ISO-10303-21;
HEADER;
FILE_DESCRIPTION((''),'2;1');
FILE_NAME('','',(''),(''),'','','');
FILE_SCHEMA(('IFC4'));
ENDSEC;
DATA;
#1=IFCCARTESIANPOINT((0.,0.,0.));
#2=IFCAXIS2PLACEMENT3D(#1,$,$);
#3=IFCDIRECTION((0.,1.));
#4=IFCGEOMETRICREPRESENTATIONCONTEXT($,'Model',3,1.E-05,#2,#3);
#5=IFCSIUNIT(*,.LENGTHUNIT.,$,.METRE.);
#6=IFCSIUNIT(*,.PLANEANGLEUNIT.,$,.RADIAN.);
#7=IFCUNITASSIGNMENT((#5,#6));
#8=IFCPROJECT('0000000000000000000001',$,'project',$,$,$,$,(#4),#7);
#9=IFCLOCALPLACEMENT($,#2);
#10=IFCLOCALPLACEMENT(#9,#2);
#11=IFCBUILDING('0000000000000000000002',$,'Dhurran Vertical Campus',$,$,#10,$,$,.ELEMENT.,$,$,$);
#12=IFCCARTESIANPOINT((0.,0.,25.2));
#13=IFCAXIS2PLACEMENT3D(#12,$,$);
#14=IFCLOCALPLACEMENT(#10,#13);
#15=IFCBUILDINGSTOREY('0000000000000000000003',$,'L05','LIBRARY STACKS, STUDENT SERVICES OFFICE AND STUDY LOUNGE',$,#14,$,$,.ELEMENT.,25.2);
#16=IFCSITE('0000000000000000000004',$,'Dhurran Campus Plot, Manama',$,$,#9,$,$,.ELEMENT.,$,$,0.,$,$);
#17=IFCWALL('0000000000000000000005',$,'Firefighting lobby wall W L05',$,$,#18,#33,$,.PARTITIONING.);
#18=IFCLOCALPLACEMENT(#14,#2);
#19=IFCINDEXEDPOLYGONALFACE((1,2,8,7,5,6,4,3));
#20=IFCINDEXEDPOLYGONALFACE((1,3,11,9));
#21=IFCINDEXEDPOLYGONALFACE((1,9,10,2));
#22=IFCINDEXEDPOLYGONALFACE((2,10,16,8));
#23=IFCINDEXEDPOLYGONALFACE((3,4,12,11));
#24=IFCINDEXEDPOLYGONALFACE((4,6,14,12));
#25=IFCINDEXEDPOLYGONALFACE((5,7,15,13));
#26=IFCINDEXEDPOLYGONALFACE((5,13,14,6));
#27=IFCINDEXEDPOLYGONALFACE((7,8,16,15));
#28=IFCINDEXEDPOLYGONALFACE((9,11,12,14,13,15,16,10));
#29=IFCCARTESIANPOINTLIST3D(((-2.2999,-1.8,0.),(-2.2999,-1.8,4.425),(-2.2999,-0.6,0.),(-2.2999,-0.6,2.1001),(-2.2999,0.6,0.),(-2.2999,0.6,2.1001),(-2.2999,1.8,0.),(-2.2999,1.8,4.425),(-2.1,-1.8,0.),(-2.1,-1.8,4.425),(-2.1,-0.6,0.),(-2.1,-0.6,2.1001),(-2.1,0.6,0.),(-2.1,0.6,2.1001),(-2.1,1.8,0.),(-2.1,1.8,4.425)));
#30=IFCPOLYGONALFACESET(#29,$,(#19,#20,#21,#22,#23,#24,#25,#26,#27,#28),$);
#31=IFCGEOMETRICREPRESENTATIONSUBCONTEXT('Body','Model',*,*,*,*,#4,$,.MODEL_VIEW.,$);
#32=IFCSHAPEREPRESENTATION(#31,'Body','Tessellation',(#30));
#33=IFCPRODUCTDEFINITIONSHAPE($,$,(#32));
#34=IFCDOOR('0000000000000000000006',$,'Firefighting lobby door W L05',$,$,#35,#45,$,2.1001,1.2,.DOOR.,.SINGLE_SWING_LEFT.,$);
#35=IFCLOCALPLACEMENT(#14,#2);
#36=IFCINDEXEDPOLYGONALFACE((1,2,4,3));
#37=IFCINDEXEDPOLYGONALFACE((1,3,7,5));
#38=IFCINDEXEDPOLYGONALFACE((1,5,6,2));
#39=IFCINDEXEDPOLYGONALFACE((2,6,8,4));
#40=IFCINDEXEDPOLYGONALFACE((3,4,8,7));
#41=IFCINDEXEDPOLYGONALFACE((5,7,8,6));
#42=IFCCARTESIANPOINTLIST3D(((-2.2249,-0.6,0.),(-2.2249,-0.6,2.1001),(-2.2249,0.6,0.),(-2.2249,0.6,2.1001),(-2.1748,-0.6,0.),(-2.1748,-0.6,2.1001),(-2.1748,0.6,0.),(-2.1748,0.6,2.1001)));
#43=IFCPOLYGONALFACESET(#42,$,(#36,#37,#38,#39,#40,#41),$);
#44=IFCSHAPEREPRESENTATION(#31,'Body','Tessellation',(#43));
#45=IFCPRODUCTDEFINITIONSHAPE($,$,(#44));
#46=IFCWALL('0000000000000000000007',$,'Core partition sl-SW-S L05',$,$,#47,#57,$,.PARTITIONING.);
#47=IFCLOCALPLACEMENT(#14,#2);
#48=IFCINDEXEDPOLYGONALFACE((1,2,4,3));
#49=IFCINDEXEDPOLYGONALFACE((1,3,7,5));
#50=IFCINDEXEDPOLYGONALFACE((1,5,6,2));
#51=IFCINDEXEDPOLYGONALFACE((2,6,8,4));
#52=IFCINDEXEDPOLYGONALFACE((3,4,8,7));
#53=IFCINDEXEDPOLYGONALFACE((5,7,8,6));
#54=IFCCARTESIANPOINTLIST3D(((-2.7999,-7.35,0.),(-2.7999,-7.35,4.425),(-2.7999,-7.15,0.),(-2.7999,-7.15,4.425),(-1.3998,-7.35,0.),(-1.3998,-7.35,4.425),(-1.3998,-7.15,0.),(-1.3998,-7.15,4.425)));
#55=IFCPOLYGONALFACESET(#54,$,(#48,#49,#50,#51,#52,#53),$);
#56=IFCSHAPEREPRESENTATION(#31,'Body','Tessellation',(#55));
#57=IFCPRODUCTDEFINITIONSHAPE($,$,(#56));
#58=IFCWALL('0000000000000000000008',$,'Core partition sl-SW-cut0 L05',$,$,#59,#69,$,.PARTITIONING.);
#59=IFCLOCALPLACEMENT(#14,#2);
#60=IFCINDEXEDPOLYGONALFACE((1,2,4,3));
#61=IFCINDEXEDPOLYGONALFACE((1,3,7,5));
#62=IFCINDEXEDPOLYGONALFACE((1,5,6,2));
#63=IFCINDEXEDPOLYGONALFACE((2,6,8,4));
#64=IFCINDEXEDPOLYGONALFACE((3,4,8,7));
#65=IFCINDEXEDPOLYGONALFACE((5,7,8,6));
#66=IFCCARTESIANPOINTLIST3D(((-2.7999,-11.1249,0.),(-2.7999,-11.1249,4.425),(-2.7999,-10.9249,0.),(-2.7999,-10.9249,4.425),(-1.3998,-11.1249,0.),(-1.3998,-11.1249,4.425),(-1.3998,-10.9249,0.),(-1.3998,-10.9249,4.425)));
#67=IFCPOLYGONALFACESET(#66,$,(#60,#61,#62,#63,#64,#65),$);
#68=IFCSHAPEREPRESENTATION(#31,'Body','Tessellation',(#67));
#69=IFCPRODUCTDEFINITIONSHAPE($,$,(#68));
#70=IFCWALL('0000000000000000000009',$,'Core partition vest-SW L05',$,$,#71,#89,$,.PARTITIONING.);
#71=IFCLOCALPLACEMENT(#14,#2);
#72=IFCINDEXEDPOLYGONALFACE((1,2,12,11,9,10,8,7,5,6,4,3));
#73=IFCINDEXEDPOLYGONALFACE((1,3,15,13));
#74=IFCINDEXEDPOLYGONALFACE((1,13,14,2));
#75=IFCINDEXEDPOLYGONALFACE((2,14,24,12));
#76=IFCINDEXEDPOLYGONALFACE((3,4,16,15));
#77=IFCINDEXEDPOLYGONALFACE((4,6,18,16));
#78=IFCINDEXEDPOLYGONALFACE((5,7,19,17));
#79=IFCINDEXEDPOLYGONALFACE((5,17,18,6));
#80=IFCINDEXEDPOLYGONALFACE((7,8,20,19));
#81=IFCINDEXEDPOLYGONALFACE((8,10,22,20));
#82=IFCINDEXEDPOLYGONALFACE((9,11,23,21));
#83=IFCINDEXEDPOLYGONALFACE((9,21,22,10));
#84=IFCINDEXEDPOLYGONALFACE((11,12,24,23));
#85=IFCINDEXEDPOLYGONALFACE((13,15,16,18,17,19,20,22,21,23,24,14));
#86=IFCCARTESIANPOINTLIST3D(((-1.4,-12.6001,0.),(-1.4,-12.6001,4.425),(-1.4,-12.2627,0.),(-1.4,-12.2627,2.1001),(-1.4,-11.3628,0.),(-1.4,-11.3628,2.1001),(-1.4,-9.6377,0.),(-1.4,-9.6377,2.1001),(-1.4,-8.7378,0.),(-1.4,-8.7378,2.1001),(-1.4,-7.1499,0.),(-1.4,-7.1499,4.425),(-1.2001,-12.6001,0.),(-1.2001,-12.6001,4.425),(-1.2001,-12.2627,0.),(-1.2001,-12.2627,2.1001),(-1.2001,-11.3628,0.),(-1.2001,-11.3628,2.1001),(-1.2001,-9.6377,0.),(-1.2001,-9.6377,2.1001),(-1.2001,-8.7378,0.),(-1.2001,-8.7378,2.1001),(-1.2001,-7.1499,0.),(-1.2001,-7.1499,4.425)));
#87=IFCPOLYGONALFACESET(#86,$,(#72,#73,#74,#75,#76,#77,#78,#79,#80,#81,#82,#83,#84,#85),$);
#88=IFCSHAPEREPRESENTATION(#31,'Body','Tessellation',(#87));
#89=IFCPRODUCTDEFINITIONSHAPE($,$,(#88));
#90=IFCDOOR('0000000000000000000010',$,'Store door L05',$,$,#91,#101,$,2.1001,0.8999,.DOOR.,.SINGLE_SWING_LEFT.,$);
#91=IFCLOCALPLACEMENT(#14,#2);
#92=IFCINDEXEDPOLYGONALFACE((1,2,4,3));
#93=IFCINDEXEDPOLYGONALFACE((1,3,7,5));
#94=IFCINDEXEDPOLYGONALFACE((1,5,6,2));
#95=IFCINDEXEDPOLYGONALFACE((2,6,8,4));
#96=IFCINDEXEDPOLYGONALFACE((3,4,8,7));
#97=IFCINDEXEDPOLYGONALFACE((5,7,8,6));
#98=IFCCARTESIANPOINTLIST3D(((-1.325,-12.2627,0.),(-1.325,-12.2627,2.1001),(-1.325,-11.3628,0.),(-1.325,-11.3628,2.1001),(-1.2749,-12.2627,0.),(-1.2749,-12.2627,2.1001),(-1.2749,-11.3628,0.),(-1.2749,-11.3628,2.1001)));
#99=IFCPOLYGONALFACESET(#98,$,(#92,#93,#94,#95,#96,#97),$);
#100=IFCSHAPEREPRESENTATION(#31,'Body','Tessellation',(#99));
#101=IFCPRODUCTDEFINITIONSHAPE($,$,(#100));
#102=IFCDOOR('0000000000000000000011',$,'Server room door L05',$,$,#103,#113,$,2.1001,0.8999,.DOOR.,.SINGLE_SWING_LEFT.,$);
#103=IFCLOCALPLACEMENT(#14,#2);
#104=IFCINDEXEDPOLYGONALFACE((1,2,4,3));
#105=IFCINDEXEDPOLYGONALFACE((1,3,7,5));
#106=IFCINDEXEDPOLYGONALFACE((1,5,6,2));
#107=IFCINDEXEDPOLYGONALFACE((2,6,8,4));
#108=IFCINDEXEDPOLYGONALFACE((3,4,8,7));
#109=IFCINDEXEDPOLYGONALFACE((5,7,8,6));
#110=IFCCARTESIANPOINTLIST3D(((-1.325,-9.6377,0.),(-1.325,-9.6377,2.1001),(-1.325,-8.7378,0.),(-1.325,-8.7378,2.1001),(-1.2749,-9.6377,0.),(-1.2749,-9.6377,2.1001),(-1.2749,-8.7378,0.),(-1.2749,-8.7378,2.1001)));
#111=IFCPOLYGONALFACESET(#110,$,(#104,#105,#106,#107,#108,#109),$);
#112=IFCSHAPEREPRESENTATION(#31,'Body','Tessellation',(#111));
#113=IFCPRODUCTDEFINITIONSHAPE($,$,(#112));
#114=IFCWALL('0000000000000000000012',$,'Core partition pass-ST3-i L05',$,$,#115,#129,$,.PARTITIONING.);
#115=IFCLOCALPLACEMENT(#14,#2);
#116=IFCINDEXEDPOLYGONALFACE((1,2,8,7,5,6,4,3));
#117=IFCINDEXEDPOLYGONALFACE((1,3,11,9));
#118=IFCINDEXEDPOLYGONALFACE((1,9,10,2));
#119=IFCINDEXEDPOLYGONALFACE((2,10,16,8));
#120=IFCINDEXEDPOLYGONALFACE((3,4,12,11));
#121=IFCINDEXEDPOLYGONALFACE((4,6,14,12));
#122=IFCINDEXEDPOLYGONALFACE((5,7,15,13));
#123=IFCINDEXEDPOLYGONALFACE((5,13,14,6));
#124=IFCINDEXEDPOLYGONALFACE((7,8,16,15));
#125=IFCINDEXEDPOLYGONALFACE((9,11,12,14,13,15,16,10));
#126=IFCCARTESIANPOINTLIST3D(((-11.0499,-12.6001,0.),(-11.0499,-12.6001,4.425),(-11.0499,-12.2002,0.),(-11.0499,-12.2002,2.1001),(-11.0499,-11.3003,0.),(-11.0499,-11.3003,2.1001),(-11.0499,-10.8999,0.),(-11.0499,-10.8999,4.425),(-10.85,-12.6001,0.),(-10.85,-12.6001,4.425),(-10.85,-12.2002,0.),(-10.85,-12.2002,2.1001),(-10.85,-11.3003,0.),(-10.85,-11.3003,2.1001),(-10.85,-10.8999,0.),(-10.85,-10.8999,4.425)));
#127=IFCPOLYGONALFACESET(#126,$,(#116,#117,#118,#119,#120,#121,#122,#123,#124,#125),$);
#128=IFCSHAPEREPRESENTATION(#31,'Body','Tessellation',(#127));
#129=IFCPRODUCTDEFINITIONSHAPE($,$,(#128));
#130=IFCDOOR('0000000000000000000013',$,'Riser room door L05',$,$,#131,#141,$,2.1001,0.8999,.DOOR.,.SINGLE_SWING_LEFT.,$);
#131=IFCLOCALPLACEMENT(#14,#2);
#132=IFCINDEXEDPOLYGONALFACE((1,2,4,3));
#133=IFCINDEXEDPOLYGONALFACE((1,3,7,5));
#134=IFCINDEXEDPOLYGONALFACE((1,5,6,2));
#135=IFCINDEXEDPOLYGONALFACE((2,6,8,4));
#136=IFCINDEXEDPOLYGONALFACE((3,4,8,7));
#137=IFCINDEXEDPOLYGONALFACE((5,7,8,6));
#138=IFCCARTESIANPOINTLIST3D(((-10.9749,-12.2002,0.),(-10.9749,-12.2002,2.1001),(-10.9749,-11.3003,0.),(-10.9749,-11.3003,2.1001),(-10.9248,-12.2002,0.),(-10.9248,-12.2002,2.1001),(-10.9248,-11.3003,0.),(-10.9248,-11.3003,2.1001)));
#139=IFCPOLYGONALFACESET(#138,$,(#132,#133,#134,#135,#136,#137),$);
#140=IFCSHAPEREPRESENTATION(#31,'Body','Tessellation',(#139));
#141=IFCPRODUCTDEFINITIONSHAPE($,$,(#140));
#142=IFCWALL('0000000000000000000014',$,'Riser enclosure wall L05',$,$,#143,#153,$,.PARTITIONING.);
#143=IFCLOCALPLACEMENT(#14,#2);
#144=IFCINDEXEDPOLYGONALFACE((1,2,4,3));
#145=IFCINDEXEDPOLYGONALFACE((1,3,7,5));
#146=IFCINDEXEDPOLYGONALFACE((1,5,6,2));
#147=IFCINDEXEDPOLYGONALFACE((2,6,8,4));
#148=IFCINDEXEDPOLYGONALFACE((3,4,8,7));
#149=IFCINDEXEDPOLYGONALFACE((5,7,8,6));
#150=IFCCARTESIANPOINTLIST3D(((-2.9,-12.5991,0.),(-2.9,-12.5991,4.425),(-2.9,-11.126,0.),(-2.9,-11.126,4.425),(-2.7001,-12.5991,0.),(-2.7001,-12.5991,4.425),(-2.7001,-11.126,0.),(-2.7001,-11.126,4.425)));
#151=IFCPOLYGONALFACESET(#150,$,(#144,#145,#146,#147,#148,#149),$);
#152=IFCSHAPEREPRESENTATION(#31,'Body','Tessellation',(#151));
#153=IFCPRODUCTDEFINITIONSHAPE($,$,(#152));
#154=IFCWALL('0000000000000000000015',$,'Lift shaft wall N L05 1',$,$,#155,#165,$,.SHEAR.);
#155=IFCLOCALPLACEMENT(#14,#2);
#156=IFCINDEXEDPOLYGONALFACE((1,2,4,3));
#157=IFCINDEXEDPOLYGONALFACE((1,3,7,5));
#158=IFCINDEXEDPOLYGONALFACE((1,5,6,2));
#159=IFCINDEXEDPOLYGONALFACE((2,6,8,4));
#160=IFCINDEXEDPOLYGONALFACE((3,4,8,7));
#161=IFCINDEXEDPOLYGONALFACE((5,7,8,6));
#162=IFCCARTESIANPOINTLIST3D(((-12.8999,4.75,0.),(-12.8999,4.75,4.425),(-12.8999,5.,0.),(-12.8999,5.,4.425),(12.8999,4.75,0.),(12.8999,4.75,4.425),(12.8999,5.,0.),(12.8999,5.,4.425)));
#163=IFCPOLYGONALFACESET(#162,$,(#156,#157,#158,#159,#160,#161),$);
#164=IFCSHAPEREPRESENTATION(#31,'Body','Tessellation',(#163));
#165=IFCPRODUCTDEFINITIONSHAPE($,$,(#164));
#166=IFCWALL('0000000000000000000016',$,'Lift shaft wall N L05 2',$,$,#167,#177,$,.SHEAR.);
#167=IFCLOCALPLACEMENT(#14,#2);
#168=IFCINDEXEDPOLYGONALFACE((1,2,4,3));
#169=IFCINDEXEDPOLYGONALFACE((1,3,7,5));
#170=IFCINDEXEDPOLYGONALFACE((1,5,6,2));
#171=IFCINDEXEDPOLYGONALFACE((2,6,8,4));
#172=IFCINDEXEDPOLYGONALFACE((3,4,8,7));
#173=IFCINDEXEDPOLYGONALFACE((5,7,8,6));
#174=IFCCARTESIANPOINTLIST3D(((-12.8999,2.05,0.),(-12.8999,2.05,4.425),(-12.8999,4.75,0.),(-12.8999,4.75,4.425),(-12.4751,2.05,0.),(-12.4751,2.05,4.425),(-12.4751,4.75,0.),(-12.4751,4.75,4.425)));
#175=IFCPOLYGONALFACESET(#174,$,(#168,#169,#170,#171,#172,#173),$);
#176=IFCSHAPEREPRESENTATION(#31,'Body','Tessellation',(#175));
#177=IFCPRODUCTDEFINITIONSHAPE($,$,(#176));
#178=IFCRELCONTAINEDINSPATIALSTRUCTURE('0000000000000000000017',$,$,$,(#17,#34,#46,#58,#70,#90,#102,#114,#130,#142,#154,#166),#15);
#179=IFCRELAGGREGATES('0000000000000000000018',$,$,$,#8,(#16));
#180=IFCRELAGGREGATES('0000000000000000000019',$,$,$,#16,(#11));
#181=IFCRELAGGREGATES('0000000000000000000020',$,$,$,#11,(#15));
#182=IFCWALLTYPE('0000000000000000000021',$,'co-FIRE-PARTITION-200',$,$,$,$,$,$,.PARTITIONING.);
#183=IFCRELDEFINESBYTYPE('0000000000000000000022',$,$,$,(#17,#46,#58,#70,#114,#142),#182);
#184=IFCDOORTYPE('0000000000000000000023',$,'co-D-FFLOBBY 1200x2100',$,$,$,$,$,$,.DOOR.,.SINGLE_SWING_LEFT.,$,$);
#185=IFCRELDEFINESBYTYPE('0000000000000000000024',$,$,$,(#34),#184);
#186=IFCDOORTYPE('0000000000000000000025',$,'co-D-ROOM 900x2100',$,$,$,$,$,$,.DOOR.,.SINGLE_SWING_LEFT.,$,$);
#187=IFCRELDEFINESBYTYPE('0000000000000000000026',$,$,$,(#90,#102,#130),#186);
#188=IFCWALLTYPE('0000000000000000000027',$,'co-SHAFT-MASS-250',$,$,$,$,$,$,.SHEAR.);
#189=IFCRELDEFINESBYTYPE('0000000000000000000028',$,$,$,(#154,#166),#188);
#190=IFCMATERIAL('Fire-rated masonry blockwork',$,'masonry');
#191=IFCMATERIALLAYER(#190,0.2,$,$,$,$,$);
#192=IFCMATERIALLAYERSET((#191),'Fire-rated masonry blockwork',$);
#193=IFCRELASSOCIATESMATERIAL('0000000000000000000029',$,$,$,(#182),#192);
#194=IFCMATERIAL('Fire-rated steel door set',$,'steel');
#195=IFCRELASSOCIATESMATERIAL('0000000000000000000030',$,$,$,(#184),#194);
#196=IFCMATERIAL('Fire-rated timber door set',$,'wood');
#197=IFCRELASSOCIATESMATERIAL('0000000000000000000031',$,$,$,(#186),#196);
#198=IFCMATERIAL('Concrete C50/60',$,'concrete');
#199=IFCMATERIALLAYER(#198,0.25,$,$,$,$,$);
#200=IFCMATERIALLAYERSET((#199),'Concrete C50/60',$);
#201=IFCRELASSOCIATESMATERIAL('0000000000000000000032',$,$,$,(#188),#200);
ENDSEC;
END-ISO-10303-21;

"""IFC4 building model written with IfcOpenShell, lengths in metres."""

from ifc_helpers import new_model, si_unit, direction, frame, frame_2d, origin, place, context, subcontext, project, spatial, polyline, rectangle, outline, extrude, material, layer, layer_set, type_object, element, fill, save


model = new_model("IFC4")

# Units and contexts
model_context = context("Model", 3, precision=1e-05, world=origin(), true_north=direction((0.0, 1.0)))
body_context = subcontext(model_context, "Body", "Model", "MODEL_VIEW")
ifc_project = project(units=[si_unit("LENGTHUNIT", "METRE"), si_unit("PLANEANGLEUNIT", "RADIAN")], contexts=[model_context])

# Site, building, storey
site_placement = place(None, origin())
site = spatial("IfcSite", under=ifc_project, at=site_placement, Name="Dhurran Campus Plot, Manama", CompositionType="ELEMENT", RefElevation=0.0)
building_placement = place(site_placement, origin())
building = spatial("IfcBuilding", under=site, at=building_placement, Name="Dhurran Vertical Campus", CompositionType="ELEMENT")
storey_placement = place(building_placement, frame((0.0, 0.0, 25.2)))
storey = spatial("IfcBuildingStorey", under=building, at=storey_placement, Name="L05", Description="LIBRARY STACKS, STUDENT SERVICES OFFICE AND STUDY LOUNGE", CompositionType="ELEMENT", Elevation=25.2)

# Wall, opening, door
ifc_material_1 = material(Name="Fire-rated masonry blockwork", Category="masonry")
ifc_layer_1 = layer(ifc_material_1, 0.2)
ifc_layer_set_1 = layer_set([ifc_layer_1], Name="Fire-rated masonry blockwork")
wall_type_1 = type_object("IfcWallType", Name="co-FIRE-PARTITION-200", PredefinedType="PARTITIONING", material=ifc_layer_set_1)
wall_1_placement = place(storey_placement, frame((-2.2, -1.8, 0.0), z_axis=(0.0, 0.0, 1.0), x_axis=(0.0, 1.0, 0.0)))
wall_1 = element("IfcWall", 1, at=wall_1_placement, inside=storey, type_object=wall_type_1, Name="Firefighting lobby wall W L05", PredefinedType="PARTITIONING", context=body_context, shape_type="SweptSolid", body=[
    extrude(rectangle(XDim=3.6001, YDim=0.2, at=frame_2d((1.8, 0.0))), origin(), (0.0, 0.0, 1.0), 4.425),
])
opening_1_placement = place(wall_1_placement, frame((1.2, 0.0, 0.0)))
opening_1 = element("IfcOpeningElement", 2, at=opening_1_placement, cuts=wall_1, PredefinedType="OPENING", context=body_context, shape_type="SweptSolid", body=[
    extrude(rectangle(XDim=1.2, YDim=2.1001, at=frame_2d((0.6001, 1.05))), frame((0.0, 0.1099, 0.0), z_axis=(0.0, -1.0, 0.0), x_axis=(1.0, 0.0, 0.0)), (0.0, 0.0, 1.0), 0.22),
])
ifc_material_2 = material(Name="Fire-rated steel door set", Category="steel")
door_type_1 = type_object("IfcDoorType", Name="co-D-FFLOBBY 1200x2100", OperationType="SINGLE_SWING_LEFT", PredefinedType="DOOR", material=ifc_material_2)
door_1_placement = place(opening_1_placement, origin())
door_1 = element("IfcDoor", 3, at=door_1_placement, inside=storey, type_object=door_type_1, Name="Firefighting lobby door W L05", OperationType="SINGLE_SWING_LEFT", OverallHeight=2.1001, OverallWidth=1.2, PredefinedType="DOOR", context=body_context, shape_type="SweptSolid", body=[
    extrude(rectangle(XDim=1.2, YDim=2.1001, at=frame_2d((0.6001, 1.05))), frame((0.0, 0.0249, 0.0), z_axis=(0.0, -1.0, 0.0), x_axis=(1.0, 0.0, 0.0)), (0.0, 0.0, 1.0), 0.05),
])
fill(opening_1, door_1)

# Walls
for number, where, z_axis, x_axis, name in (
    (4, (-2.8, -7.25, 0.0), (0.0, 0.0, 1.0), (1.0, 0.0, 0.0), "Core partition sl-SW-S L05"),
    (5, (-2.8, -11.0249, 0.0), (0.0, 0.0, 1.0), (1.0, 0.0, 0.0), "Core partition sl-SW-cut0 L05"),
):
    element("IfcWall", number, at=place(storey_placement, frame(where, z_axis=z_axis, x_axis=x_axis)), inside=storey, type_object=wall_type_1, Name=name, PredefinedType="PARTITIONING", context=body_context, shape_type="SweptSolid", body=[
        extrude(rectangle(XDim=1.4001, YDim=0.2, at=frame_2d((0.7002, 0.0))), origin(), (0.0, 0.0, 1.0), 4.425),
    ])

# Wall, openings, doors
wall_2_placement = place(storey_placement, frame((-1.3, -12.6001, 0.0), z_axis=(0.0, 0.0, 1.0), x_axis=(0.0, 1.0, 0.0)))
wall_2 = element("IfcWall", 6, at=wall_2_placement, inside=storey, type_object=wall_type_1, Name="Core partition vest-SW L05", PredefinedType="PARTITIONING", context=body_context, shape_type="SweptSolid", body=[
    extrude(rectangle(XDim=5.4502, YDim=0.2, at=frame_2d((2.7251, 0.0))), origin(), (0.0, 0.0, 1.0), 4.425),
])
opening_2_placement = place(wall_2_placement, frame((0.3374, 0.0, 0.0)))
opening_2 = element("IfcOpeningElement", 7, at=opening_2_placement, cuts=wall_2, PredefinedType="OPENING", context=body_context, shape_type="SweptSolid", body=[
    extrude(rectangle(XDim=0.8999, YDim=2.1001, at=frame_2d((0.45, 1.05))), frame((0.0, 0.1099, 0.0), z_axis=(0.0, -1.0, 0.0), x_axis=(1.0, 0.0, 0.0)), (0.0, 0.0, 1.0), 0.22),
])
opening_3_placement = place(wall_2_placement, frame((2.9624, 0.0, 0.0)))
opening_3 = element("IfcOpeningElement", 8, at=opening_3_placement, cuts=wall_2, PredefinedType="OPENING", context=body_context, shape_type="SweptSolid", body=[
    extrude(rectangle(XDim=0.8999, YDim=2.1001, at=frame_2d((0.45, 1.05))), frame((0.0, 0.1099, 0.0), z_axis=(0.0, -1.0, 0.0), x_axis=(1.0, 0.0, 0.0)), (0.0, 0.0, 1.0), 0.22),
])
ifc_material_3 = material(Name="Fire-rated timber door set", Category="wood")
door_type_2 = type_object("IfcDoorType", Name="co-D-ROOM 900x2100", OperationType="SINGLE_SWING_LEFT", PredefinedType="DOOR", material=ifc_material_3)
door_2_placement = place(opening_2_placement, origin())
door_2 = element("IfcDoor", 9, at=door_2_placement, inside=storey, type_object=door_type_2, Name="Store door L05", OperationType="SINGLE_SWING_LEFT", OverallHeight=2.1001, OverallWidth=0.8999, PredefinedType="DOOR", context=body_context, shape_type="SweptSolid", body=[
    extrude(rectangle(XDim=0.8999, YDim=2.1001, at=frame_2d((0.45, 1.05))), frame((0.0, 0.0249, 0.0), z_axis=(0.0, -1.0, 0.0), x_axis=(1.0, 0.0, 0.0)), (0.0, 0.0, 1.0), 0.05),
])
fill(opening_2, door_2)
door_3_placement = place(opening_3_placement, origin())
door_3 = element("IfcDoor", 10, at=door_3_placement, inside=storey, type_object=door_type_2, Name="Server room door L05", OperationType="SINGLE_SWING_LEFT", OverallHeight=2.1001, OverallWidth=0.8999, PredefinedType="DOOR", context=body_context, shape_type="SweptSolid", body=[
    extrude(rectangle(XDim=0.8999, YDim=2.1001, at=frame_2d((0.45, 1.05))), frame((0.0, 0.0249, 0.0), z_axis=(0.0, -1.0, 0.0), x_axis=(1.0, 0.0, 0.0)), (0.0, 0.0, 1.0), 0.05),
])
fill(opening_3, door_3)

# Wall, opening, door
wall_3_placement = place(storey_placement, frame((-10.95, -12.6001, 0.0), z_axis=(0.0, 0.0, 1.0), x_axis=(0.0, 1.0, 0.0)))
wall_3 = element("IfcWall", 11, at=wall_3_placement, inside=storey, type_object=wall_type_1, Name="Core partition pass-ST3-i L05", PredefinedType="PARTITIONING", context=body_context, shape_type="SweptSolid", body=[
    extrude(rectangle(XDim=1.7002, YDim=0.2, at=frame_2d((0.8501, 0.0))), origin(), (0.0, 0.0, 1.0), 4.425),
])
opening_4_placement = place(wall_3_placement, frame((0.3999, 0.0, 0.0)))
opening_4 = element("IfcOpeningElement", 12, at=opening_4_placement, cuts=wall_3, PredefinedType="OPENING", context=body_context, shape_type="SweptSolid", body=[
    extrude(rectangle(XDim=0.8999, YDim=2.1001, at=frame_2d((0.45, 1.05))), frame((0.0, 0.1099, 0.0), z_axis=(0.0, -1.0, 0.0), x_axis=(1.0, 0.0, 0.0)), (0.0, 0.0, 1.0), 0.22),
])
door_4_placement = place(opening_4_placement, origin())
door_4 = element("IfcDoor", 13, at=door_4_placement, inside=storey, type_object=door_type_2, Name="Riser room door L05", OperationType="SINGLE_SWING_LEFT", OverallHeight=2.1001, OverallWidth=0.8999, PredefinedType="DOOR", context=body_context, shape_type="SweptSolid", body=[
    extrude(rectangle(XDim=0.8999, YDim=2.1001, at=frame_2d((0.45, 1.05))), frame((0.0, 0.0249, 0.0), z_axis=(0.0, -1.0, 0.0), x_axis=(1.0, 0.0, 0.0)), (0.0, 0.0, 1.0), 0.05),
])
fill(opening_4, door_4)

# Walls
wall_4_placement = place(storey_placement, frame((-2.8, -12.5991, 0.0), z_axis=(0.0, 0.0, 1.0), x_axis=(0.0, 1.0, 0.0)))
element("IfcWall", 14, at=wall_4_placement, inside=storey, type_object=wall_type_1, Name="Riser enclosure wall L05", PredefinedType="PARTITIONING", context=body_context, shape_type="SweptSolid", body=[
    extrude(rectangle(XDim=1.4731, YDim=0.2, at=frame_2d((0.7366, 0.0))), origin(), (0.0, 0.0, 1.0), 4.425),
])
ifc_material_4 = material(Name="Concrete C50/60", Category="concrete")
ifc_layer_2 = layer(ifc_material_4, 0.25)
ifc_layer_set_2 = layer_set([ifc_layer_2], Name="Concrete C50/60")
wall_type_2 = type_object("IfcWallType", Name="co-SHAFT-MASS-250", PredefinedType="SHEAR", material=ifc_layer_set_2)
wall_5_placement = place(storey_placement, origin())
element("IfcWall", 15, at=wall_5_placement, inside=storey, type_object=wall_type_2, Name="Lift shaft wall N L05 1", PredefinedType="SHEAR", context=body_context, shape_type="SweptSolid", body=[
    extrude(outline(polyline([(-12.8999, 4.75), (12.8999, 4.75), (12.8999, 5.0), (-12.8999, 5.0), (-12.8999, 4.75)])), origin(), (0.0, 0.0, 1.0), 4.425),
])
wall_6_placement = place(storey_placement, origin())
element("IfcWall", 16, at=wall_6_placement, inside=storey, type_object=wall_type_2, Name="Lift shaft wall N L05 2", PredefinedType="SHEAR", context=body_context, shape_type="SweptSolid", body=[
    extrude(outline(polyline([(-12.8999, 2.05), (-12.4751, 2.05), (-12.4751, 4.75), (-12.8999, 4.75), (-12.8999, 2.05)])), origin(), (0.0, 0.0, 1.0), 4.425),
])

save(model, "model.ifc")
